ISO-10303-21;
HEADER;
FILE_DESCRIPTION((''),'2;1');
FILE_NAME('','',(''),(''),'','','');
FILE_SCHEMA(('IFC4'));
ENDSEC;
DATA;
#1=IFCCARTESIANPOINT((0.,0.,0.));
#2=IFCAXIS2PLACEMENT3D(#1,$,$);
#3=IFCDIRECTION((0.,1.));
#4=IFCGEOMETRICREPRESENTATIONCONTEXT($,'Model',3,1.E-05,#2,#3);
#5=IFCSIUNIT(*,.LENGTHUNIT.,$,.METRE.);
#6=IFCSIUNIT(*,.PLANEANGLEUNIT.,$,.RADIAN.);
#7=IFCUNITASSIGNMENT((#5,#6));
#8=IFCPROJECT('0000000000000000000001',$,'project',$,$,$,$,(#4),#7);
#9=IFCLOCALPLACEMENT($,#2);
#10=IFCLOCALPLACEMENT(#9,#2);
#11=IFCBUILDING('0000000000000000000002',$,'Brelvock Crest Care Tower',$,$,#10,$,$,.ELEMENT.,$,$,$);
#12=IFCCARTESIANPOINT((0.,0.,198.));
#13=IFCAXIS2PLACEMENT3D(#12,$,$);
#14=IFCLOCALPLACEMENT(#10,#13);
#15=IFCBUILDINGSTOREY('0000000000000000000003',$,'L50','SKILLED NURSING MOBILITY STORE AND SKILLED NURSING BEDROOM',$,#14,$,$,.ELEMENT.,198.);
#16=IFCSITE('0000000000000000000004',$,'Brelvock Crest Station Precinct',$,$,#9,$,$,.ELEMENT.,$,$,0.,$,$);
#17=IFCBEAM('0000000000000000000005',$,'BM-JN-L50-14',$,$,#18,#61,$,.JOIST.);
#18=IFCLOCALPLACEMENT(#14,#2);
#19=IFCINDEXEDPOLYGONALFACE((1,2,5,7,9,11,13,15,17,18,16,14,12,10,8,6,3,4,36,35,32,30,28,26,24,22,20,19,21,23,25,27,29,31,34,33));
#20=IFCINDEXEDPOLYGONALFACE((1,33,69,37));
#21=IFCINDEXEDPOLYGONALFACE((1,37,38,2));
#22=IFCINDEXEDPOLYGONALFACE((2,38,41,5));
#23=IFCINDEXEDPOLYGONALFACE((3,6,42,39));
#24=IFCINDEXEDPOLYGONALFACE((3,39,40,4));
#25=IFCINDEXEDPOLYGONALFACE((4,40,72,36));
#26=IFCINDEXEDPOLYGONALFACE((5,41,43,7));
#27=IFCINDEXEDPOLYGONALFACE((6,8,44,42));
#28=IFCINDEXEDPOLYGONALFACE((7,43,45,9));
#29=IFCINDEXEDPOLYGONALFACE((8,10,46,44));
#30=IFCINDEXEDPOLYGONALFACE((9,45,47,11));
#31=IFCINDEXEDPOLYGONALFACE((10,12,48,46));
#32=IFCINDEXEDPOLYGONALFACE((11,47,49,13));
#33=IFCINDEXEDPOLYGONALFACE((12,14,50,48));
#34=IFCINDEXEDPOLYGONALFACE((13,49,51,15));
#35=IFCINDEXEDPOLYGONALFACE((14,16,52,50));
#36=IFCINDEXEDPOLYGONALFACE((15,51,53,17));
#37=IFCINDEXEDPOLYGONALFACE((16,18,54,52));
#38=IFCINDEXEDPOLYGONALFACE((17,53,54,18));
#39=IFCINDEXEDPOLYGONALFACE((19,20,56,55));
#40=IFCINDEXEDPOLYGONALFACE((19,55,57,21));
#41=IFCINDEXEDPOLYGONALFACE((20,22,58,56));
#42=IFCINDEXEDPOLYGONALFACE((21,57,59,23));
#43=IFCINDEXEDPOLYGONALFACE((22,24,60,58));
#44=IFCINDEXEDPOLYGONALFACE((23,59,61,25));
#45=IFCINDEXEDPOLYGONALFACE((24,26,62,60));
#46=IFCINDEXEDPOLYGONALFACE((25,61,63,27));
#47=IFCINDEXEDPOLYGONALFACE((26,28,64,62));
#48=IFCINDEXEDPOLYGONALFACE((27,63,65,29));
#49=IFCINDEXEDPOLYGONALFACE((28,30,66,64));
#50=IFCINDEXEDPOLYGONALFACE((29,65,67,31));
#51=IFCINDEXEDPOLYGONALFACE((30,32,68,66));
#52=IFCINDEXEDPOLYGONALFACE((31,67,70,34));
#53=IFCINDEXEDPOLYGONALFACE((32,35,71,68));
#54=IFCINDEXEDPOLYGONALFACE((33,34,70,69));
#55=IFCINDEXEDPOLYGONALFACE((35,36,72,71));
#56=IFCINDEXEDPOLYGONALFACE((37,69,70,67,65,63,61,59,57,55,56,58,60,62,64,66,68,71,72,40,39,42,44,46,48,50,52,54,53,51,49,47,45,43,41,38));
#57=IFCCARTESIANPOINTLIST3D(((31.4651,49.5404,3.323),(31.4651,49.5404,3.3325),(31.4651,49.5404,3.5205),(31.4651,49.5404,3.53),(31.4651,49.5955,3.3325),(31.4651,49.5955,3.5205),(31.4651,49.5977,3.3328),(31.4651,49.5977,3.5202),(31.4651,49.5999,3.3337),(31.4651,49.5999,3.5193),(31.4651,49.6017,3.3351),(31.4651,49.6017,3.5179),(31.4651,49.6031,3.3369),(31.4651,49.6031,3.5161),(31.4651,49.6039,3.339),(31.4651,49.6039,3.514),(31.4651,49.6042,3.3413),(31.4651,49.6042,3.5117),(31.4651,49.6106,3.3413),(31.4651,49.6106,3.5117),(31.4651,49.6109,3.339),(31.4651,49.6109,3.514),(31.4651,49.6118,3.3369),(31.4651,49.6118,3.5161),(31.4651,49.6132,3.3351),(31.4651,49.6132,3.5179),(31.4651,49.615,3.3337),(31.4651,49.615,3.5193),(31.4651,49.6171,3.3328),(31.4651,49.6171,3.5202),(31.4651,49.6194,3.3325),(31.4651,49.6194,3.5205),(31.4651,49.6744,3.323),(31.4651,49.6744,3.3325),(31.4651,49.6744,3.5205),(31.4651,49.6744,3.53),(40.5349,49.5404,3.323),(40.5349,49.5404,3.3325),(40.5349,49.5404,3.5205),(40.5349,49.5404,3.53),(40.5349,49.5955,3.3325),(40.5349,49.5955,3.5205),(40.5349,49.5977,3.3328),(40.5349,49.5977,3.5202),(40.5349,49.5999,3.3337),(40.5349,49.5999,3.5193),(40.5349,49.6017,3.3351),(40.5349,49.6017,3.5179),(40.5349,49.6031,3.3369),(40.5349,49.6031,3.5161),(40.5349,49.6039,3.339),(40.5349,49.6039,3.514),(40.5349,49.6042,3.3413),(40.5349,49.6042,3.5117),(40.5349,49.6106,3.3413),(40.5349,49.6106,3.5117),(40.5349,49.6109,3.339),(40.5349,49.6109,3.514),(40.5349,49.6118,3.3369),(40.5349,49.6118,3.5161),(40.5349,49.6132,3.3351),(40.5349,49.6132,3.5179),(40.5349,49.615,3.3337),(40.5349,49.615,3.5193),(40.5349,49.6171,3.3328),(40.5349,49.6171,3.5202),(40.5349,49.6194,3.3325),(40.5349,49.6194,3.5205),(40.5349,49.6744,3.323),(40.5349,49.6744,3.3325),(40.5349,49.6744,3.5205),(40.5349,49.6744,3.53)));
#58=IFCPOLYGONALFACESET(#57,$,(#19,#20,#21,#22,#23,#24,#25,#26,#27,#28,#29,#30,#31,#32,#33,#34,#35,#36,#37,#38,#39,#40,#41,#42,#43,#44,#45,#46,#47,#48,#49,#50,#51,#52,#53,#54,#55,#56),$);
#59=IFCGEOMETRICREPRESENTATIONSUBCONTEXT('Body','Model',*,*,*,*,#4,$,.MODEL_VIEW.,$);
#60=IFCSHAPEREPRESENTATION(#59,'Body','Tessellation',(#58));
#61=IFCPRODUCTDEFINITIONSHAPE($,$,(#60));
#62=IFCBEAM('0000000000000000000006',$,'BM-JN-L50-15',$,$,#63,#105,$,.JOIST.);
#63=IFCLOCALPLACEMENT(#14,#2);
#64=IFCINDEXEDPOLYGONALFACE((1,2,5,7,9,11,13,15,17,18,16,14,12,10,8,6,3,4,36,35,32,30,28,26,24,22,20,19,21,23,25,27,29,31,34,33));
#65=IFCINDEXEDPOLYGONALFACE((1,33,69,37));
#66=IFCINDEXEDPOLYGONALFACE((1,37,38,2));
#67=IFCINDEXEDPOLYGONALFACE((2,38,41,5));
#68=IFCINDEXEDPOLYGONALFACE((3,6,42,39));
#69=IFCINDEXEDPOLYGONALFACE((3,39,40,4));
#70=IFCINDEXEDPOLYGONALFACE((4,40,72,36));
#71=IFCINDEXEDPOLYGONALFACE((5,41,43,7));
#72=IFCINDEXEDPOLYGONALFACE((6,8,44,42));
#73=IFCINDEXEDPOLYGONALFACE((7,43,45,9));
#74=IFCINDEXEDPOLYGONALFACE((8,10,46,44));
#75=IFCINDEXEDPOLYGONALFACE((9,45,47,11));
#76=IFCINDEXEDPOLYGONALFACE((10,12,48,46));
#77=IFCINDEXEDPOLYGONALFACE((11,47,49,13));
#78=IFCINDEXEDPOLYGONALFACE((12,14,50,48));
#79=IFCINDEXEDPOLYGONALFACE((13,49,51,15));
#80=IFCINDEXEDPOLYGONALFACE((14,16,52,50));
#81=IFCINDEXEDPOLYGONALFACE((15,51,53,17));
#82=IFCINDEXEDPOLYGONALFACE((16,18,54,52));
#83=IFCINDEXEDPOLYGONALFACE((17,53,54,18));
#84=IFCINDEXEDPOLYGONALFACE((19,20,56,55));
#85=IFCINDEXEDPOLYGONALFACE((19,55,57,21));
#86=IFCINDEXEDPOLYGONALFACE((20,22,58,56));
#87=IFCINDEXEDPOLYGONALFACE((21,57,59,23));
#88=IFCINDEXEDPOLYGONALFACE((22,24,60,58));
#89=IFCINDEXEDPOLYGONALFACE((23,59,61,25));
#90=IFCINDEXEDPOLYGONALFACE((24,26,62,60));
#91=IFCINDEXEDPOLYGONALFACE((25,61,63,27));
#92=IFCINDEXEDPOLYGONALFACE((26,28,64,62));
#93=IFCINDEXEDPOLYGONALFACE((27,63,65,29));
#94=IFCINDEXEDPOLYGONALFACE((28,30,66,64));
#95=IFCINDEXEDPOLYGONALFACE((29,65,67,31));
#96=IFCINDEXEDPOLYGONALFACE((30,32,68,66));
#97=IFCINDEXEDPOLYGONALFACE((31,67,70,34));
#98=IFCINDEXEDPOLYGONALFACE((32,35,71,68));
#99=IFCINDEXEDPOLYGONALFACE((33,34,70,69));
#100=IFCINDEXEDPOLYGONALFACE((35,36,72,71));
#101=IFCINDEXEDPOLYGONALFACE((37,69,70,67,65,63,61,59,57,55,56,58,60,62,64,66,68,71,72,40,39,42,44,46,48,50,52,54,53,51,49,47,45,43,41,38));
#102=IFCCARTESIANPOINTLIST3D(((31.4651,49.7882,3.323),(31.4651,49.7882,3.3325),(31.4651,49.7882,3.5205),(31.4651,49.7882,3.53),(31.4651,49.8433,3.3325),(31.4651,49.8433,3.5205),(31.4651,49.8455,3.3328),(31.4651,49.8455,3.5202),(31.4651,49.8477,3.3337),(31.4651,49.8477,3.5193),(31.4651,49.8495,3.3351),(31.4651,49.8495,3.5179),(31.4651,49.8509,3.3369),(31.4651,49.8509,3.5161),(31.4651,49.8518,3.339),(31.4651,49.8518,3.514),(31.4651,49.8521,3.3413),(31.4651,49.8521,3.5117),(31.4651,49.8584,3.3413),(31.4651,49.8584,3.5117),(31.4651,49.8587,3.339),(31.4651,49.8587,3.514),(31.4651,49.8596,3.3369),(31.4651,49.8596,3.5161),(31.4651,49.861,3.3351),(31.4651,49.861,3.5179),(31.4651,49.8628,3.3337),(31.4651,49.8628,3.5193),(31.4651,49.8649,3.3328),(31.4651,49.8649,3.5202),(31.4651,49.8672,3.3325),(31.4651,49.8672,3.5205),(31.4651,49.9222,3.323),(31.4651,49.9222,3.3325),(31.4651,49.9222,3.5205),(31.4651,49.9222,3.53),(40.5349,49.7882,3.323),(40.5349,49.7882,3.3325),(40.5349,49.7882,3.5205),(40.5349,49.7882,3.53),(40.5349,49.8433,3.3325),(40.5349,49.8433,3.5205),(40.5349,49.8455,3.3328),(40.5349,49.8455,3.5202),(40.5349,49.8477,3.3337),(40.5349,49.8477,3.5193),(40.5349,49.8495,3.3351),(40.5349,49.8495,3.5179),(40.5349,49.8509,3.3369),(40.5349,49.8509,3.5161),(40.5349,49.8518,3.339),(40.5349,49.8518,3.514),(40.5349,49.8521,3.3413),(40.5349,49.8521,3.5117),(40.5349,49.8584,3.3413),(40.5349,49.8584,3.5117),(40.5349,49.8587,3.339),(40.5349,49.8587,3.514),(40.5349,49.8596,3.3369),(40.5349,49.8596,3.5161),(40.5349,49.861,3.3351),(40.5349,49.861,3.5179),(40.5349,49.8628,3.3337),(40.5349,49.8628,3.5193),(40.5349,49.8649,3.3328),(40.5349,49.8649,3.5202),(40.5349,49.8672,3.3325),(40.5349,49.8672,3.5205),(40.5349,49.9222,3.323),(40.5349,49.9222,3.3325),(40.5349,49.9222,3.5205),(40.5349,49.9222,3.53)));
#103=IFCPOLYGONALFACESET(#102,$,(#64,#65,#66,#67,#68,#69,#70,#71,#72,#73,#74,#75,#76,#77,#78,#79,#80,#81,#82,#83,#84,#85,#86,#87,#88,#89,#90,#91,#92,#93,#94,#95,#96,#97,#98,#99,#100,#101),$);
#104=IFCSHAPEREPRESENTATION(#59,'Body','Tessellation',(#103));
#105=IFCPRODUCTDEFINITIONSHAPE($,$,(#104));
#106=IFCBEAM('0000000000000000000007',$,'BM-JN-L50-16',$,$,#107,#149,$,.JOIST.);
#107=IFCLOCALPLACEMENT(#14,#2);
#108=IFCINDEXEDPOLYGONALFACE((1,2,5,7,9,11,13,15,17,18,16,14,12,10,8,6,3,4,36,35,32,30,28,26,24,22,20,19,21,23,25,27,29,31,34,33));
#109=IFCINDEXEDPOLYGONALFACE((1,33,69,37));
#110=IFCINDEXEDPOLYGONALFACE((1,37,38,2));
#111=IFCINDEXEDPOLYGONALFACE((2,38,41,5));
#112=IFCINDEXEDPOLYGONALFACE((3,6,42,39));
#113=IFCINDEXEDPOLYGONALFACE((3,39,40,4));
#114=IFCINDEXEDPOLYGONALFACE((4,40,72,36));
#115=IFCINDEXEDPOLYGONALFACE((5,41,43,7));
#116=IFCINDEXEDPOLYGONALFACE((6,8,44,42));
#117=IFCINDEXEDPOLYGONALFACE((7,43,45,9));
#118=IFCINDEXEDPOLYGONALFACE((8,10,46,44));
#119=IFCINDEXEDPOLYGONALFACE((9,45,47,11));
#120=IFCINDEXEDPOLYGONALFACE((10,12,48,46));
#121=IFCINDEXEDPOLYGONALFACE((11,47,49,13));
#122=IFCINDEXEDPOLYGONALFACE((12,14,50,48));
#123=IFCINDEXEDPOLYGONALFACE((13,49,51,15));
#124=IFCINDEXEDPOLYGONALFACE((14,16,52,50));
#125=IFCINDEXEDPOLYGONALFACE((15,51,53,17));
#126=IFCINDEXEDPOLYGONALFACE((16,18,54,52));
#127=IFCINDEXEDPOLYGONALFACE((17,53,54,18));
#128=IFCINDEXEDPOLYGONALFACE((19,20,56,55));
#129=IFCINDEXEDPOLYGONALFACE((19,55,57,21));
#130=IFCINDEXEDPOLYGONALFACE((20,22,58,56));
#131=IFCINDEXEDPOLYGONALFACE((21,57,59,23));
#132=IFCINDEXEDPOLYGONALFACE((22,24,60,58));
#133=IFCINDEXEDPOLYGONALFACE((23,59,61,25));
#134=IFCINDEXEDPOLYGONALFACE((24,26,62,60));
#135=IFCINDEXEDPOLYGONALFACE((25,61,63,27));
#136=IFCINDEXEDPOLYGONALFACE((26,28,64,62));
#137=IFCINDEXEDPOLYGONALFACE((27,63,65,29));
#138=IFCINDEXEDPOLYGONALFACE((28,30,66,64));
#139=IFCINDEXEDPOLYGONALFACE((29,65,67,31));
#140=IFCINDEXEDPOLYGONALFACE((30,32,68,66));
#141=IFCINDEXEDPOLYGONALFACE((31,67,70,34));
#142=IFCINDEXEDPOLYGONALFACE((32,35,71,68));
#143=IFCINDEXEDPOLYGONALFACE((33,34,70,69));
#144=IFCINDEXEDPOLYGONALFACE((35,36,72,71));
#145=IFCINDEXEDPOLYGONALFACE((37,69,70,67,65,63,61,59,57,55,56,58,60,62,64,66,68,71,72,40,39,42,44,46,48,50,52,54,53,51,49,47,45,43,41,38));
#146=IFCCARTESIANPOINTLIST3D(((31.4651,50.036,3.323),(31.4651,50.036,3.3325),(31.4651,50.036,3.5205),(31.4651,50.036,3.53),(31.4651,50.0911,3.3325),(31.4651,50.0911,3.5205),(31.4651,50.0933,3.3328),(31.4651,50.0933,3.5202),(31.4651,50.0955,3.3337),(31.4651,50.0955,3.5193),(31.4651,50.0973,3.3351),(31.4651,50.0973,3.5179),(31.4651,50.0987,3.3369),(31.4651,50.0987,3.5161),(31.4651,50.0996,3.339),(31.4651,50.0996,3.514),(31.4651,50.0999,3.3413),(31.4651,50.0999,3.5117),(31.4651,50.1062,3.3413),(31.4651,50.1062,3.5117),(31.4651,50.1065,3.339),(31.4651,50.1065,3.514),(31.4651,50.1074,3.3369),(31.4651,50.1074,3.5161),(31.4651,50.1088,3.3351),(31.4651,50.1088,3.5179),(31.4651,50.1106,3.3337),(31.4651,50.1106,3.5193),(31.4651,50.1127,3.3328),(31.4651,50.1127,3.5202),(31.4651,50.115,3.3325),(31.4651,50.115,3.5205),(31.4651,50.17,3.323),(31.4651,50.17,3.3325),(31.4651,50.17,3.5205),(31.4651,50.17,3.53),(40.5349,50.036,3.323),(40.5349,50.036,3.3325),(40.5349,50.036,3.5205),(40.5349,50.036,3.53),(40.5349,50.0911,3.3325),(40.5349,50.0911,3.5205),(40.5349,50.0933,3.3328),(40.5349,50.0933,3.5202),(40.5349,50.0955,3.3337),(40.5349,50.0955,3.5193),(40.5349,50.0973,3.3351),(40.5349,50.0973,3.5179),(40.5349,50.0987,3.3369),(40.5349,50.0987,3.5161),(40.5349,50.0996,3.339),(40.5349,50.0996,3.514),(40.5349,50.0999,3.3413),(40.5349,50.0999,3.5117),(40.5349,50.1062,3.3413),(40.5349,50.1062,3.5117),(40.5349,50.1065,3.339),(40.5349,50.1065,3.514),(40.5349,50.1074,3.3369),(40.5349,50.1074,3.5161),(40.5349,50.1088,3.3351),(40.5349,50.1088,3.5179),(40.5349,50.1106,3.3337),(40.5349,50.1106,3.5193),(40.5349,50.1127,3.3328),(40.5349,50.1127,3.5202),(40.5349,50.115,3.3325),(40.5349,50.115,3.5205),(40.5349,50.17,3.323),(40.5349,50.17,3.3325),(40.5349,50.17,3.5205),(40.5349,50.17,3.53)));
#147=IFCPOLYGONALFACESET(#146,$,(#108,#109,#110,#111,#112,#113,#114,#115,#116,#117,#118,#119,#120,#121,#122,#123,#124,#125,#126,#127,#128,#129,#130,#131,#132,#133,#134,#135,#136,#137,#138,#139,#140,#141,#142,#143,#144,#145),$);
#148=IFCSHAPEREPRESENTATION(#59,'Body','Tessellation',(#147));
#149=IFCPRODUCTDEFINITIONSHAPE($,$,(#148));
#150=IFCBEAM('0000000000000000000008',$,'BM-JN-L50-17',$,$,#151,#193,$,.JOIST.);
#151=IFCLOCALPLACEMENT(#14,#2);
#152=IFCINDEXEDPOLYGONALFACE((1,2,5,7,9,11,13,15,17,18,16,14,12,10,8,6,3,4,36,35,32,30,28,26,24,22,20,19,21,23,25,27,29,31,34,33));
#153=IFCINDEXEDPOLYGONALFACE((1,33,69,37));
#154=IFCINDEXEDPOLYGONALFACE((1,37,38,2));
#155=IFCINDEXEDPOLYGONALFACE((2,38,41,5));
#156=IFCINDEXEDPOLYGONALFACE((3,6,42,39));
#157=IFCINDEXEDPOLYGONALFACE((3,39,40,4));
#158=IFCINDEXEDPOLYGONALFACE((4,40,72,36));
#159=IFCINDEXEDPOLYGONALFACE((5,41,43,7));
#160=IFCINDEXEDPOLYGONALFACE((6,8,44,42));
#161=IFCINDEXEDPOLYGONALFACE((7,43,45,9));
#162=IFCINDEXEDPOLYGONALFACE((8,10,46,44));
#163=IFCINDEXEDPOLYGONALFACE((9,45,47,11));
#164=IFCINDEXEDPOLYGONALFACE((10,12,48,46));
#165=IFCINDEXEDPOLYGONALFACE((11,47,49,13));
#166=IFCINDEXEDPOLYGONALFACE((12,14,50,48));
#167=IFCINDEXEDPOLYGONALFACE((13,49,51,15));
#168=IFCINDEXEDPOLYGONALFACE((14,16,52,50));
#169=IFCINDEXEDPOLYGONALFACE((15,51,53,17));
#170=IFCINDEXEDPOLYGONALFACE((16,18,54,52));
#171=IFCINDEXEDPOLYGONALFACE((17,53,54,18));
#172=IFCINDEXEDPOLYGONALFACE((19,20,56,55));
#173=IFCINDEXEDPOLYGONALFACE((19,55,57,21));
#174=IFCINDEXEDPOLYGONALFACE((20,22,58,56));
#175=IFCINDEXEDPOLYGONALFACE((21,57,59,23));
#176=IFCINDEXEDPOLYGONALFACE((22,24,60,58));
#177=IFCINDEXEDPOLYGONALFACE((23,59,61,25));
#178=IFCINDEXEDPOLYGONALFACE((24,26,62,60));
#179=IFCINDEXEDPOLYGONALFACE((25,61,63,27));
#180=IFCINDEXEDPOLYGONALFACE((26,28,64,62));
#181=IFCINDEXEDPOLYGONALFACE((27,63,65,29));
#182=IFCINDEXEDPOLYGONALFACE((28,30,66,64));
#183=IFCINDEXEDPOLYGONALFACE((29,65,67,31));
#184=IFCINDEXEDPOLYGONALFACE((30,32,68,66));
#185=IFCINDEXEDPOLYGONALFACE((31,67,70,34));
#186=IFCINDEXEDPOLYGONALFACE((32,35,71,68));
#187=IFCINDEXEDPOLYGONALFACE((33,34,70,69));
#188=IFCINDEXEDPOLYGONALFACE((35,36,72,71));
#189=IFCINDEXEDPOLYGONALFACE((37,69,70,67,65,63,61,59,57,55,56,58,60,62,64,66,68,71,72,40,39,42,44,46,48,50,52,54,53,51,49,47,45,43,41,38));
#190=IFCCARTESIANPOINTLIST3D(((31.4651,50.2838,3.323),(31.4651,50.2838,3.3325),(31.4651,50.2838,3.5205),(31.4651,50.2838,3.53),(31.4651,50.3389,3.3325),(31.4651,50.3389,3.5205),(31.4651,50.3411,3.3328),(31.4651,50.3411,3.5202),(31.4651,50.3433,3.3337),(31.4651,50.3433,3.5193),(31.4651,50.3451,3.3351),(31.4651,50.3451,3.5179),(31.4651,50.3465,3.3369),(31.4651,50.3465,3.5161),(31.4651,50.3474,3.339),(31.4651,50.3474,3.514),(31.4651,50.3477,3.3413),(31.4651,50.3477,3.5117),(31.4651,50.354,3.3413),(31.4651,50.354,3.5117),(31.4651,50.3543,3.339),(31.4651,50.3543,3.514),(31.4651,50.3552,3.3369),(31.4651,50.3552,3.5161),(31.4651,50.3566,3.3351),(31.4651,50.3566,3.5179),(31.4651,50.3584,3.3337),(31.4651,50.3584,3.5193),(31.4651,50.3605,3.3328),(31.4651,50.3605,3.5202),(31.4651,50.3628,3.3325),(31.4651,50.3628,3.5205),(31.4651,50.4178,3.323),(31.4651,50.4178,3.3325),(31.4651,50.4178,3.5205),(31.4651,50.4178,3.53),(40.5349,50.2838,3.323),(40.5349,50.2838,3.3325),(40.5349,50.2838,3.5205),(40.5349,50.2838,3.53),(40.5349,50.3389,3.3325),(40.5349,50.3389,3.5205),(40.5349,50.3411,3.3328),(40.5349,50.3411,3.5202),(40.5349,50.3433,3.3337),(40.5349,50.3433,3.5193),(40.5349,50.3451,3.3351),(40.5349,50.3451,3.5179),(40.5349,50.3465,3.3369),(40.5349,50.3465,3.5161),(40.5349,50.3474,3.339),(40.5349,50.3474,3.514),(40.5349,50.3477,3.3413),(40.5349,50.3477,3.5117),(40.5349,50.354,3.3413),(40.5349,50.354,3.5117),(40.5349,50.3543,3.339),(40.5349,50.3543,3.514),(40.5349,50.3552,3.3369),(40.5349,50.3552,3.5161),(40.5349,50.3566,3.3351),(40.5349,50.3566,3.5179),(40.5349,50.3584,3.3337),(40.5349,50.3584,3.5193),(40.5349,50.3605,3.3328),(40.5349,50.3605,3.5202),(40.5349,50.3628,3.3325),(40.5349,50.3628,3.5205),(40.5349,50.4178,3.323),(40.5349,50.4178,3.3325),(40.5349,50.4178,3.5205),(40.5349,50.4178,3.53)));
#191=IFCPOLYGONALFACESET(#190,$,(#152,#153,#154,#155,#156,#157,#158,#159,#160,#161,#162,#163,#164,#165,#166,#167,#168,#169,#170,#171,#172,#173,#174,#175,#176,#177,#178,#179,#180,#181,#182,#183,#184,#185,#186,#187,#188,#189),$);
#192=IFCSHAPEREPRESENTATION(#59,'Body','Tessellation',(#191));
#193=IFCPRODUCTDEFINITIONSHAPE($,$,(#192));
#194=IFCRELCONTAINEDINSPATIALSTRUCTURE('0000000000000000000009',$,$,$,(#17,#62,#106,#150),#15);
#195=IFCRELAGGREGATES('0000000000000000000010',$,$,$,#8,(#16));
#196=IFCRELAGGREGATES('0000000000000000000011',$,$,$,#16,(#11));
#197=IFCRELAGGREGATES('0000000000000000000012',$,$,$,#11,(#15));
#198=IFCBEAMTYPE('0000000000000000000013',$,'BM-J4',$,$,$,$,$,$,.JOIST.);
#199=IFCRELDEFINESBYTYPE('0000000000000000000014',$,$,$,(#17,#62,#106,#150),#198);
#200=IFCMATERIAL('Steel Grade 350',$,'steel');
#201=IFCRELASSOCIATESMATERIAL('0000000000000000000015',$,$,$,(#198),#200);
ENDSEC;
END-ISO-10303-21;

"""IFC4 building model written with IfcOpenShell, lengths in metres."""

from ifc_helpers import new_model, si_unit, direction, frame, origin, origin_2d, place, context, subcontext, project, spatial, i_section, extrude, source, transform, mapped, material, material_profile, profile_set, type_object, element, save


model = new_model("IFC4")

# Units and contexts
model_context = context("Model", 3, precision=1e-05, world=origin(), true_north=direction((0.0, 1.0)))
body_context = subcontext(model_context, "Body", "Model", "MODEL_VIEW")
ifc_project = project(units=[si_unit("LENGTHUNIT", "METRE"), si_unit("PLANEANGLEUNIT", "RADIAN")], contexts=[model_context])

# Site, building, storey
site_placement = place(None, origin())
site = spatial("IfcSite", under=ifc_project, at=site_placement, Name="Brelvock Crest Station Precinct", CompositionType="ELEMENT", RefElevation=0.0)
building_placement = place(site_placement, origin())
building = spatial("IfcBuilding", under=site, at=building_placement, Name="Brelvock Crest Care Tower", CompositionType="ELEMENT")
storey_placement = place(building_placement, frame((0.0, 0.0, 198.0)))
storey = spatial("IfcBuildingStorey", under=building, at=storey_placement, Name="L50", Description="SKILLED NURSING MOBILITY STORE AND SKILLED NURSING BEDROOM", CompositionType="ELEMENT", Elevation=198.0)

# Shared definitions
ifc_material_1 = material(Name="Steel Grade 350", Category="steel")

# Beams
ifc_material_profile_1 = material_profile(ifc_material_1, i_section(OverallWidth=0.134, OverallDepth=0.207, WebThickness=0.0063, FlangeThickness=0.0095, FilletRadius=0.0088, at=origin_2d()), Name="200UB29.8")
ifc_profile_set_1 = profile_set([ifc_material_profile_1], Name="Steel Grade 350")
beam_type_1 = type_object("IfcBeamType", Name="BM-J4", PredefinedType="JOIST", material=ifc_profile_set_1)
shared_shape_1 = source(origin(), body_context, "Body", "SweptSolid", [
    extrude(i_section(OverallWidth=0.134, OverallDepth=0.207, WebThickness=0.0063, FlangeThickness=0.0095, FilletRadius=0.0088, at=origin_2d()), origin(), (0.0, 0.0, 1.0), 9.0698),
])
for number, where, z_axis, x_axis, name in (
    (1, (31.4651, 49.6074, 3.4265), (1.0, 0.0, 0.0), (0.0, 1.0, 0.0), "BM-JN-L50-14"),
    (2, (31.4651, 49.8552, 3.4265), (1.0, 0.0, 0.0), (0.0, 1.0, 0.0), "BM-JN-L50-15"),
    (3, (31.4651, 50.103, 3.4265), (1.0, 0.0, 0.0), (0.0, 1.0, 0.0), "BM-JN-L50-16"),
    (4, (31.4651, 50.3508, 3.4265), (1.0, 0.0, 0.0), (0.0, 1.0, 0.0), "BM-JN-L50-17"),
):
    element("IfcBeam", number, at=place(storey_placement, frame(where, z_axis=z_axis, x_axis=x_axis)), inside=storey, type_object=beam_type_1, Name=name, PredefinedType="JOIST", context=body_context, shape_type="MappedRepresentation", body=[
        mapped(shared_shape_1, transform((0.0, 0.0, 0.0), x_axis=(1.0, 0.0, 0.0), y_axis=(0.0, 1.0, 0.0), z_axis=(0.0, 0.0, 1.0), scale=1.0)),
    ])

save(model, "model.ifc")
